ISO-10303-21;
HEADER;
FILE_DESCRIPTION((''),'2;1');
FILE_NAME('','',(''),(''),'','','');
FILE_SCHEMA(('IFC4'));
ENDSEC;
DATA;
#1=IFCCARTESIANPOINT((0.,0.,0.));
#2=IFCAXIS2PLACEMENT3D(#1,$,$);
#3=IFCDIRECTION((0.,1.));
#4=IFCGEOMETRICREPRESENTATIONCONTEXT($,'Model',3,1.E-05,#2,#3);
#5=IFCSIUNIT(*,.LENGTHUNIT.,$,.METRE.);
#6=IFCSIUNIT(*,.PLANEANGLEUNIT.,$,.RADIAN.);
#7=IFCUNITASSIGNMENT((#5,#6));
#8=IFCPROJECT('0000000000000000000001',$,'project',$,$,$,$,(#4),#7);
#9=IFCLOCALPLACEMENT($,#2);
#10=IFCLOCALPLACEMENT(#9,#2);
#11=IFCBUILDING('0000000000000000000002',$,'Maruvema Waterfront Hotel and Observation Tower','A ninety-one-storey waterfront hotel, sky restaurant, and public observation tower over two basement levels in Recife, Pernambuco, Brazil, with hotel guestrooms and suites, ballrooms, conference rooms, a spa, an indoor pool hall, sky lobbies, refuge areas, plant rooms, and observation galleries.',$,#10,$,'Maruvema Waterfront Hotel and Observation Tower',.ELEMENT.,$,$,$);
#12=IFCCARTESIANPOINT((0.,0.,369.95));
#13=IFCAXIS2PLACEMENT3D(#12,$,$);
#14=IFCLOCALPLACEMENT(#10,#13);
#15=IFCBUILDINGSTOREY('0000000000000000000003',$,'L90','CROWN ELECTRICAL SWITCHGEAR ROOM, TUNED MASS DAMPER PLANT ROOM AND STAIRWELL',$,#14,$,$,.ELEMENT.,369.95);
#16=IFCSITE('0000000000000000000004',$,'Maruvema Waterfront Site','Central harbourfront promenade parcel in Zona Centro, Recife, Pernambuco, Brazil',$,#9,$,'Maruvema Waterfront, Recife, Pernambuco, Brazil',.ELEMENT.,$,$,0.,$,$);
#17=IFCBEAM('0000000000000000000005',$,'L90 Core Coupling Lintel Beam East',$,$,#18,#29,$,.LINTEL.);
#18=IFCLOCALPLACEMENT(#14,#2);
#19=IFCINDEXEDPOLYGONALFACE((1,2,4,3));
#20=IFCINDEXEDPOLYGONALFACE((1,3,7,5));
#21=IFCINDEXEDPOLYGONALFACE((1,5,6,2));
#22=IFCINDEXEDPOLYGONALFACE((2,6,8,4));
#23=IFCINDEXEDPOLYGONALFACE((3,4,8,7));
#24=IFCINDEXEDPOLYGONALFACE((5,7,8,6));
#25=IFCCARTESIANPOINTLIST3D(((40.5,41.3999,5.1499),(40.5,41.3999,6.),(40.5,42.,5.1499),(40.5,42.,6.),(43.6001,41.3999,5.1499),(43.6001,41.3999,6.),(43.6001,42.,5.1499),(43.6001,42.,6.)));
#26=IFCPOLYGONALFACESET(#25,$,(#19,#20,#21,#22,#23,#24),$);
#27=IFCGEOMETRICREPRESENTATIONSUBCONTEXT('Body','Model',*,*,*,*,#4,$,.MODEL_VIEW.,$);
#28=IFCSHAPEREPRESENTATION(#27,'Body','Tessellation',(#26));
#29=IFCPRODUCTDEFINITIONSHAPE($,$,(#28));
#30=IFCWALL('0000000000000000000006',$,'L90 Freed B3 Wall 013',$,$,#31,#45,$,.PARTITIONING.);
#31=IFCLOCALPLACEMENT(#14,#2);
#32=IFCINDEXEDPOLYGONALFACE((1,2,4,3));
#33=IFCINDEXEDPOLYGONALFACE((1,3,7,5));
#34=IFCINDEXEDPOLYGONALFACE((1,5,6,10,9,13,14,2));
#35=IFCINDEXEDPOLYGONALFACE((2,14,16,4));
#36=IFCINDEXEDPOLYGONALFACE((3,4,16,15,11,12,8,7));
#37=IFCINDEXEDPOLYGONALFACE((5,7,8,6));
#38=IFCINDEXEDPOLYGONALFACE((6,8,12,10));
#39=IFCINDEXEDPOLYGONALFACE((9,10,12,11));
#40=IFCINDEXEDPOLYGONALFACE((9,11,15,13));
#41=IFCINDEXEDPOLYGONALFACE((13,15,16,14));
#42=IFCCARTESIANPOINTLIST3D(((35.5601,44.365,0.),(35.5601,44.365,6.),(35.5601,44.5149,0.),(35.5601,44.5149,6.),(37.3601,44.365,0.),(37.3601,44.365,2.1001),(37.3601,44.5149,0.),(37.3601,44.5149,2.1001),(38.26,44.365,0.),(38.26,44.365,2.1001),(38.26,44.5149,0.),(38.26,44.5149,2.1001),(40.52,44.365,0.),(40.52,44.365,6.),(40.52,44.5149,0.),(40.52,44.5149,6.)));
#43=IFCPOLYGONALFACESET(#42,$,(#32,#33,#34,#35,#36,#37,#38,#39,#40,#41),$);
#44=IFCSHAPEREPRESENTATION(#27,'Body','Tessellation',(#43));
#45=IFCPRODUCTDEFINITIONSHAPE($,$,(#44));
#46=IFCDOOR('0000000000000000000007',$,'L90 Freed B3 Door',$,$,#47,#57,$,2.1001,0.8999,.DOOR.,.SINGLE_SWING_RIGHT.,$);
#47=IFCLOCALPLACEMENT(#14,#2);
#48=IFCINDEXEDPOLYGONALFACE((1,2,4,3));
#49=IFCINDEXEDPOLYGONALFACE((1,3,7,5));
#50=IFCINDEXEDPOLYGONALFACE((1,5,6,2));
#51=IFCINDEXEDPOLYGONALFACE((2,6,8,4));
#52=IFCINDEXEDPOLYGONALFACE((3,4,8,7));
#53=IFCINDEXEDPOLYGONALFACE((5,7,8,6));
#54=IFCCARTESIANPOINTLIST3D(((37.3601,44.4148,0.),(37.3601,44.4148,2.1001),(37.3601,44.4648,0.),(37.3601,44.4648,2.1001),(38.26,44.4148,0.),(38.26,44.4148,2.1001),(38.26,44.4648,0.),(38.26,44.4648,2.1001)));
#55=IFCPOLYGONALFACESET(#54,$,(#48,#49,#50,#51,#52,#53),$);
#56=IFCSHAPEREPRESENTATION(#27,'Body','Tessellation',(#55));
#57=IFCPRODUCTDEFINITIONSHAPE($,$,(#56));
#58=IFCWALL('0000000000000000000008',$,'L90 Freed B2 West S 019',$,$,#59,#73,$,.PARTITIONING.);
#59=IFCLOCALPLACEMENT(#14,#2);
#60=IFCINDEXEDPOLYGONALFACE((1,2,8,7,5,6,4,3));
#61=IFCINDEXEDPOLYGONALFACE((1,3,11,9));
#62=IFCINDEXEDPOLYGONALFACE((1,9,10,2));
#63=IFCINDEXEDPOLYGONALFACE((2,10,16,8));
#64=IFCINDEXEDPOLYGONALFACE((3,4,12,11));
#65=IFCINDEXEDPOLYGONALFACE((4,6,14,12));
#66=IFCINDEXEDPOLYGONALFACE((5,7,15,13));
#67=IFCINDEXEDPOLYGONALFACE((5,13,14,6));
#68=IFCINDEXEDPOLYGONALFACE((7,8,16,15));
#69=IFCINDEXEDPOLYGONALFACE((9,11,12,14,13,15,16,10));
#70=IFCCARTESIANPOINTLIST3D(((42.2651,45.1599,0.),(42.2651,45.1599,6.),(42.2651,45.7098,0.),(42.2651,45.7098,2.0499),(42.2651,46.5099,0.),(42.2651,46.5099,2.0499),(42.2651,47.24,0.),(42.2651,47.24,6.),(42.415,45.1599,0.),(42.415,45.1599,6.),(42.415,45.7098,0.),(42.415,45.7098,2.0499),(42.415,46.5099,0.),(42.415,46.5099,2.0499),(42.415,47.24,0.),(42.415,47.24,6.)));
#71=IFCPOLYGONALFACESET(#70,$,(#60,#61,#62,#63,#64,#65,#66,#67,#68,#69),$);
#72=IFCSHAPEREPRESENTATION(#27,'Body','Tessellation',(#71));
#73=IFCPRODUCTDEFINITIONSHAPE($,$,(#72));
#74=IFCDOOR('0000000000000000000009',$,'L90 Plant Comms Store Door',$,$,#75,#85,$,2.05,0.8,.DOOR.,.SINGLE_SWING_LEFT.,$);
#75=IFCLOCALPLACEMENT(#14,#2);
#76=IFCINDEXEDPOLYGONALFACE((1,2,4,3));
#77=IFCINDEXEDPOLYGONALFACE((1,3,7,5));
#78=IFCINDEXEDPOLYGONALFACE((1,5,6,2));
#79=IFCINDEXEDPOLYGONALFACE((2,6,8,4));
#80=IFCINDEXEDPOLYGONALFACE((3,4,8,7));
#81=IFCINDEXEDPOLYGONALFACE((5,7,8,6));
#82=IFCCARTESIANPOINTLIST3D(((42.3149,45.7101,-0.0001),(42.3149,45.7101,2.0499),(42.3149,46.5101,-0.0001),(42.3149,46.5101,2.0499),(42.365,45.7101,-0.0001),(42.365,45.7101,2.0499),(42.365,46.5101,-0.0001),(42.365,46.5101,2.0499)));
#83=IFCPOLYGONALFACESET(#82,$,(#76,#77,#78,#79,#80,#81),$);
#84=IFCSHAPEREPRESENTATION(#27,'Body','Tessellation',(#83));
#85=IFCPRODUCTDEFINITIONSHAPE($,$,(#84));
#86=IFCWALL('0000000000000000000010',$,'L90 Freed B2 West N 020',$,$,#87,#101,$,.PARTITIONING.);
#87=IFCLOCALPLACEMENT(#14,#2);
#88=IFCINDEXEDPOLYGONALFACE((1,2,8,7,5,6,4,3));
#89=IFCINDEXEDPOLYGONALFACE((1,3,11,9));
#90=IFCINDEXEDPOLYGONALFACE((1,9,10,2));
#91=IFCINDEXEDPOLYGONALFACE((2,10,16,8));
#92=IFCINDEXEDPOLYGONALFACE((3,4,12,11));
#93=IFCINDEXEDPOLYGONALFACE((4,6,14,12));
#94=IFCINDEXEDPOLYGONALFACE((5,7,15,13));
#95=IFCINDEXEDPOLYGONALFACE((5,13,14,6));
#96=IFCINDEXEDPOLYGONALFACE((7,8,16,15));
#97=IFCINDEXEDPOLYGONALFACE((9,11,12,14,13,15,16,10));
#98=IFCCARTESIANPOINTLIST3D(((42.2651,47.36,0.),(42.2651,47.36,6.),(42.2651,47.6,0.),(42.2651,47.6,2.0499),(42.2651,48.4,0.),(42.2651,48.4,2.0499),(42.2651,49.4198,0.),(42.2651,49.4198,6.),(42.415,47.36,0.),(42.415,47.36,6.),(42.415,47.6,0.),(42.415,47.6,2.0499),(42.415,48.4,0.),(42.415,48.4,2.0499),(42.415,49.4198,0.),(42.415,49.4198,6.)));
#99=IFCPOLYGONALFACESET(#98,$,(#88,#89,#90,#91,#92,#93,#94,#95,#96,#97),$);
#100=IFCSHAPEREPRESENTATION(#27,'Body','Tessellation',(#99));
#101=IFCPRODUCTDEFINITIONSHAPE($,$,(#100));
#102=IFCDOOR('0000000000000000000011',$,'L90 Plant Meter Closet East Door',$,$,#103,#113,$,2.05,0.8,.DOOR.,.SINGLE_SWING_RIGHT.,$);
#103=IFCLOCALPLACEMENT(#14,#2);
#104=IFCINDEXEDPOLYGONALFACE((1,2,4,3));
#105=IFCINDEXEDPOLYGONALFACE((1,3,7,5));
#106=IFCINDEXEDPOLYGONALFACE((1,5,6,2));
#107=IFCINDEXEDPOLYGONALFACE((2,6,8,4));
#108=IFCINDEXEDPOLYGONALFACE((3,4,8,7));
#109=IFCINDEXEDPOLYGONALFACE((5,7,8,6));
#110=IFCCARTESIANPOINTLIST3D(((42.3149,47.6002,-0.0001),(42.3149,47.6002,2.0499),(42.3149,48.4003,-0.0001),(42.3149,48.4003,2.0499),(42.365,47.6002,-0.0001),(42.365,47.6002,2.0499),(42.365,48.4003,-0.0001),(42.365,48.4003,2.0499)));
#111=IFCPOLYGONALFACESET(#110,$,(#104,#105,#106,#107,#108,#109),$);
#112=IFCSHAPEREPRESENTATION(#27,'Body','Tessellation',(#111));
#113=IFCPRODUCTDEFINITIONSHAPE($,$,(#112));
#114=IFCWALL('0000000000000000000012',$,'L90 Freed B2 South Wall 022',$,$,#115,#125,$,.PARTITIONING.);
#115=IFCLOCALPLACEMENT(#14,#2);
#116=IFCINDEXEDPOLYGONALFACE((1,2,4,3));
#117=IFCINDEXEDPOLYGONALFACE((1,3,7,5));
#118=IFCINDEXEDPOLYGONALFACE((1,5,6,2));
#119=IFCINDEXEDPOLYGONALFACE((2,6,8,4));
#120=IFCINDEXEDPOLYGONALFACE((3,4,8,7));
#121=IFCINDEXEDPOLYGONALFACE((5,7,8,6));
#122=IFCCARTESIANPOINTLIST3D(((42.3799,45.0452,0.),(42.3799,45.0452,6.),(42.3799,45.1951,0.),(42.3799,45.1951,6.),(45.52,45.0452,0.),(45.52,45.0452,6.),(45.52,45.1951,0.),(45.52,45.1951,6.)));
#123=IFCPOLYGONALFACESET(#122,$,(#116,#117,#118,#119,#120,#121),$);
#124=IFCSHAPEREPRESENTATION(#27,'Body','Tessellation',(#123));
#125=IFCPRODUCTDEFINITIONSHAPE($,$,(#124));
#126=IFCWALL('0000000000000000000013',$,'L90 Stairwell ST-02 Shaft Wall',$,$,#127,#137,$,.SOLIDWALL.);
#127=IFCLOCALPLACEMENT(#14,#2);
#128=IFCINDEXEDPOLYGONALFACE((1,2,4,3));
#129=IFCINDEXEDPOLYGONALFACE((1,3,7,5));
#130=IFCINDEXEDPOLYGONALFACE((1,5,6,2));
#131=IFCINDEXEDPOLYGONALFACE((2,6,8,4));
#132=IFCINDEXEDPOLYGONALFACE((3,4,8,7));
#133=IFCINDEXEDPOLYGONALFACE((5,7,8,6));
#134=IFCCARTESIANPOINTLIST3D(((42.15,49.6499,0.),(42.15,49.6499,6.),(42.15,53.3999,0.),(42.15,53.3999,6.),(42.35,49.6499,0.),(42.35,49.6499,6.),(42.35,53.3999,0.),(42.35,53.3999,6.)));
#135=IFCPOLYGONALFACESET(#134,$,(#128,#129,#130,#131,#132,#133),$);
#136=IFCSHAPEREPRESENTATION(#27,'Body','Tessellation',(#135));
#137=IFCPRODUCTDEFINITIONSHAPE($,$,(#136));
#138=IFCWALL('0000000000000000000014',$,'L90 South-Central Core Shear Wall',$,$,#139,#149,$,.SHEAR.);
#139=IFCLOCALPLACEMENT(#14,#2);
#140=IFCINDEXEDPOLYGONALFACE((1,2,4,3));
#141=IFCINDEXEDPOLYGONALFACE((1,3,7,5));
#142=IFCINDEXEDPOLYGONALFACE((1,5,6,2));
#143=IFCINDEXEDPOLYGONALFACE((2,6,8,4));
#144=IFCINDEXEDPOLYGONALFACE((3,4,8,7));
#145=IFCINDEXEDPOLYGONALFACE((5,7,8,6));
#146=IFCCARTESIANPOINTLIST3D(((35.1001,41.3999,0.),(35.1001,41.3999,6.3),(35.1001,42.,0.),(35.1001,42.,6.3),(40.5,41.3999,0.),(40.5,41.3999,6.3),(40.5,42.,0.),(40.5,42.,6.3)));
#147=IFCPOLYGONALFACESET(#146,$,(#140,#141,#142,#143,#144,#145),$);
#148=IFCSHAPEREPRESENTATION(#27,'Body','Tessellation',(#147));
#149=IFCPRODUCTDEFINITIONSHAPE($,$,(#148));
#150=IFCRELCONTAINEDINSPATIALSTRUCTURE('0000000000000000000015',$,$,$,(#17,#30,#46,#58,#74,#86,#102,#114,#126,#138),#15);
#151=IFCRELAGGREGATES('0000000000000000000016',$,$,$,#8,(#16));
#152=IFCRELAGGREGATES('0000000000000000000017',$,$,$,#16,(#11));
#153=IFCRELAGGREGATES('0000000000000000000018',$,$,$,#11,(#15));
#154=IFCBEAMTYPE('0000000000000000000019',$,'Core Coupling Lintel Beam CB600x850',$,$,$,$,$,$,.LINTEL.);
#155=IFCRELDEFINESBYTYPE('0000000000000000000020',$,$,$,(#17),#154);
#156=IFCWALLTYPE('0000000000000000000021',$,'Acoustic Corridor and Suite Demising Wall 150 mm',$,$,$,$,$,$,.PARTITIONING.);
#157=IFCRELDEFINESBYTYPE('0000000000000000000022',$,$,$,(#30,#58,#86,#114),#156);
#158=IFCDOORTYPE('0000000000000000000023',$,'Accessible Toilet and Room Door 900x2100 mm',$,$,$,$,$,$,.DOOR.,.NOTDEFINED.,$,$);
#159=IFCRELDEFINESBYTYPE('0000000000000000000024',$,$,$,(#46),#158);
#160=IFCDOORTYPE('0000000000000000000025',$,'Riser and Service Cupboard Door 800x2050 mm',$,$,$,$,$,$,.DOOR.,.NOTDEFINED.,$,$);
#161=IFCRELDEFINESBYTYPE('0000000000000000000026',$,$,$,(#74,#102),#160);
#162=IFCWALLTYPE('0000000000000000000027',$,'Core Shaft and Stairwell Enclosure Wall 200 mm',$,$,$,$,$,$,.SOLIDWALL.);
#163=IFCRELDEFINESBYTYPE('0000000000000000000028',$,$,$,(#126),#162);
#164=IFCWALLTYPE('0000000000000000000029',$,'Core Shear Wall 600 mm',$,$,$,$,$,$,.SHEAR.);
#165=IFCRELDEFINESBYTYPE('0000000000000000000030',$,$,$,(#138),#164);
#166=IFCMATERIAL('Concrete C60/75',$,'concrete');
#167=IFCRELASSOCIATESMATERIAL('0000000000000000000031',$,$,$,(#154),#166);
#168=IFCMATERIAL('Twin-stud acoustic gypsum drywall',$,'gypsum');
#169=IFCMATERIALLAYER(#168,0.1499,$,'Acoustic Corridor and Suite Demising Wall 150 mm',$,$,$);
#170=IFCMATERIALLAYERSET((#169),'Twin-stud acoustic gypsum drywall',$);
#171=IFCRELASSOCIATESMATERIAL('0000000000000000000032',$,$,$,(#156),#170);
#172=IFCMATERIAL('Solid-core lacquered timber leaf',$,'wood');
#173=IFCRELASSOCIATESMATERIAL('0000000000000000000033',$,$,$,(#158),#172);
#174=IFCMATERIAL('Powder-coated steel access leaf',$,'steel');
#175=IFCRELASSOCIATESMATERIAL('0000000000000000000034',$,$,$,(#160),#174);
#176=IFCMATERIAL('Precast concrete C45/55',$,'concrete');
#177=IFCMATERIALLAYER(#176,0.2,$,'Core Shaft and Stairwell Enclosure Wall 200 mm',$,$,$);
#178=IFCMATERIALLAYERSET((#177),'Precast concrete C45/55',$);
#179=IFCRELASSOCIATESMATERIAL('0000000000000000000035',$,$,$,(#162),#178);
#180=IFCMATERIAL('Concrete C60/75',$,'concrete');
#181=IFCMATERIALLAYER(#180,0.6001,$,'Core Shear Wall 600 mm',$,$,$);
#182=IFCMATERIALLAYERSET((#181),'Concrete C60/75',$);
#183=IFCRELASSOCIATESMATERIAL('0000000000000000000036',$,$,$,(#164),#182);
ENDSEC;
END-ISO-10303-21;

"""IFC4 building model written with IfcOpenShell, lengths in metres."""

from ifc_helpers import new_model, si_unit, direction, frame, frame_2d, origin, origin_2d, place, context, subcontext, project, spatial, rectangle, extrude, material, layer, layer_set, material_profile, profile_set, type_object, element, fill, save


model = new_model("IFC4")

# Units and contexts
model_context = context("Model", 3, precision=1e-05, world=origin(), true_north=direction((0.0, 1.0)))
body_context = subcontext(model_context, "Body", "Model", "MODEL_VIEW")
ifc_project = project(units=[si_unit("LENGTHUNIT", "METRE"), si_unit("PLANEANGLEUNIT", "RADIAN")], contexts=[model_context])

# Site, building, storey
site_placement = place(None, origin())
site = spatial("IfcSite", under=ifc_project, at=site_placement, Name="Maruvema Waterfront Site", Description="Central harbourfront promenade parcel in Zona Centro, Recife, Pernambuco, Brazil", LongName="Maruvema Waterfront, Recife, Pernambuco, Brazil", CompositionType="ELEMENT", RefElevation=0.0)
building_placement = place(site_placement, origin())
building = spatial("IfcBuilding", under=site, at=building_placement, Name="Maruvema Waterfront Hotel and Observation Tower", Description="A ninety-one-storey waterfront hotel, sky restaurant, and public observation tower over two basement levels in Recife, Pernambuco, Brazil, with hotel guestrooms and suites, ballrooms, conference rooms, a spa, an indoor pool hall, sky lobbies, refuge areas, plant rooms, and observation galleries.", LongName="Maruvema Waterfront Hotel and Observation Tower", CompositionType="ELEMENT")
storey_placement = place(building_placement, frame((0.0, 0.0, 369.95)))
storey = spatial("IfcBuildingStorey", under=building, at=storey_placement, Name="L90", Description="CROWN ELECTRICAL SWITCHGEAR ROOM, TUNED MASS DAMPER PLANT ROOM AND STAIRWELL", CompositionType="ELEMENT", Elevation=369.95)

# Beam
ifc_material_1 = material(Name="Concrete C60/75", Category="concrete")
ifc_material_profile = material_profile(ifc_material_1, rectangle(XDim=0.6001, YDim=0.8501, at=origin_2d()), Name="CB600x850")
ifc_profile_set = profile_set([ifc_material_profile], Name="Concrete C60/75")
beam_type = type_object("IfcBeamType", Name="Core Coupling Lintel Beam CB600x850", PredefinedType="LINTEL", material=ifc_profile_set)
beam_placement = place(storey_placement, frame((40.5, 41.7, 5.575), z_axis=(1.0, 0.0, 0.0), x_axis=(0.0, 1.0, 0.0)))
element("IfcBeam", 1, at=beam_placement, inside=storey, type_object=beam_type, Name="L90 Core Coupling Lintel Beam East", PredefinedType="LINTEL", context=body_context, shape_type="SweptSolid", body=[
    extrude(rectangle(XDim=0.6001, YDim=0.8501, at=origin_2d()), origin(), (0.0, 0.0, 1.0), 3.1001),
])

# Walls, openings, doors
ifc_material_2 = material(Name="Twin-stud acoustic gypsum drywall", Category="gypsum")
ifc_layer_1 = layer(ifc_material_2, 0.1499, Name="Acoustic Corridor and Suite Demising Wall 150 mm")
ifc_layer_set_1 = layer_set([ifc_layer_1], Name="Twin-stud acoustic gypsum drywall")
wall_type_1 = type_object("IfcWallType", Name="Acoustic Corridor and Suite Demising Wall 150 mm", PredefinedType="PARTITIONING", material=ifc_layer_set_1)
wall_1_placement = place(storey_placement, frame((35.5601, 44.4399, 0.0), z_axis=(0.0, 0.0, 1.0), x_axis=(1.0, 0.0, 0.0)))
wall_1 = element("IfcWall", 2, at=wall_1_placement, inside=storey, type_object=wall_type_1, Name="L90 Freed B3 Wall 013", PredefinedType="PARTITIONING", context=body_context, shape_type="SweptSolid", body=[
    extrude(rectangle(XDim=4.96, YDim=0.1499, at=frame_2d((2.48, 0.0))), origin(), (0.0, 0.0, 1.0), 6.0),
])
opening_1_placement = place(wall_1_placement, frame((1.8, 0.0, 0.0)))
opening_1 = element("IfcOpeningElement", 3, at=opening_1_placement, cuts=wall_1, PredefinedType="OPENING", context=body_context, shape_type="SweptSolid", body=[
    extrude(rectangle(XDim=0.8999, YDim=2.1001, at=frame_2d((0.45, 1.05))), frame((0.0, 0.085, 0.0), z_axis=(0.0, -1.0, 0.0), x_axis=(1.0, 0.0, 0.0)), (0.0, 0.0, 1.0), 0.1699),
])
ifc_material_3 = material(Name="Solid-core lacquered timber leaf", Category="wood")
door_type_1 = type_object("IfcDoorType", Name="Accessible Toilet and Room Door 900x2100 mm", OperationType="NOTDEFINED", PredefinedType="DOOR", material=ifc_material_3)
door_1_placement = place(opening_1_placement, origin())
door_1 = element("IfcDoor", 4, at=door_1_placement, inside=storey, type_object=door_type_1, Name="L90 Freed B3 Door", OperationType="SINGLE_SWING_RIGHT", OverallHeight=2.1001, OverallWidth=0.8999, PredefinedType="DOOR", context=body_context, shape_type="SweptSolid", body=[
    extrude(rectangle(XDim=0.8999, YDim=2.1001, at=frame_2d((0.45, 1.05))), frame((0.0, 0.0249, 0.0), z_axis=(0.0, -1.0, 0.0), x_axis=(1.0, 0.0, 0.0)), (0.0, 0.0, 1.0), 0.05),
])
fill(opening_1, door_1)
wall_2_placement = place(storey_placement, frame((42.3401, 45.1599, 0.0), z_axis=(0.0, 0.0, 1.0), x_axis=(0.0, 1.0, 0.0)))
wall_2 = element("IfcWall", 5, at=wall_2_placement, inside=storey, type_object=wall_type_1, Name="L90 Freed B2 West S 019", PredefinedType="PARTITIONING", context=body_context, shape_type="SweptSolid", body=[
    extrude(rectangle(XDim=2.0801, YDim=0.1499, at=frame_2d((1.04, 0.0))), origin(), (0.0, 0.0, 1.0), 6.0),
])
opening_2_placement = place(wall_2_placement, frame((0.55, 0.0, 0.0)))
opening_2 = element("IfcOpeningElement", 6, at=opening_2_placement, cuts=wall_2, PredefinedType="OPENING", context=body_context, shape_type="SweptSolid", body=[
    extrude(rectangle(XDim=0.8, YDim=2.05, at=frame_2d((0.3999, 1.0249))), frame((0.0, 0.085, 0.0), z_axis=(0.0, -1.0, 0.0), x_axis=(1.0, 0.0, 0.0)), (0.0, 0.0, 1.0), 0.1699),
])
ifc_material_4 = material(Name="Powder-coated steel access leaf", Category="steel")
door_type_2 = type_object("IfcDoorType", Name="Riser and Service Cupboard Door 800x2050 mm", OperationType="NOTDEFINED", PredefinedType="DOOR", material=ifc_material_4)
door_2_placement = place(opening_2_placement, frame((0.8, 0.0, 0.0), z_axis=(0.0, 0.0, 1.0), x_axis=(-1.0, 0.0, 0.0)))
door_2 = element("IfcDoor", 7, at=door_2_placement, inside=storey, type_object=door_type_2, Name="L90 Plant Comms Store Door", OperationType="SINGLE_SWING_LEFT", OverallHeight=2.05, OverallWidth=0.8, PredefinedType="DOOR", context=body_context, shape_type="SweptSolid", body=[
    extrude(rectangle(XDim=0.8, YDim=2.05, at=frame_2d((0.3999, 1.0249))), frame((0.0, 0.0249, 0.0), z_axis=(0.0, -1.0, 0.0), x_axis=(1.0, 0.0, 0.0)), (0.0, 0.0, 1.0), 0.05),
])
fill(opening_2, door_2)
wall_3_placement = place(storey_placement, frame((42.3401, 47.3601, 0.0), z_axis=(0.0, 0.0, 1.0), x_axis=(0.0, 1.0, 0.0)))
wall_3 = element("IfcWall", 8, at=wall_3_placement, inside=storey, type_object=wall_type_1, Name="L90 Freed B2 West N 020", PredefinedType="PARTITIONING", context=body_context, shape_type="SweptSolid", body=[
    extrude(rectangle(XDim=2.0598, YDim=0.1499, at=frame_2d((1.0298, 0.0))), origin(), (0.0, 0.0, 1.0), 6.0),
])
opening_3_placement = place(wall_3_placement, frame((0.24, 0.0, 0.0)))
opening_3 = element("IfcOpeningElement", 9, at=opening_3_placement, cuts=wall_3, PredefinedType="OPENING", context=body_context, shape_type="SweptSolid", body=[
    extrude(rectangle(XDim=0.8, YDim=2.05, at=frame_2d((0.3999, 1.0249))), frame((0.0, 0.085, 0.0), z_axis=(0.0, -1.0, 0.0), x_axis=(1.0, 0.0, 0.0)), (0.0, 0.0, 1.0), 0.1699),
])
door_3_placement = place(opening_3_placement, frame((0.8, 0.0, 0.0), z_axis=(0.0, 0.0, 1.0), x_axis=(-1.0, 0.0, 0.0)))
door_3 = element("IfcDoor", 10, at=door_3_placement, inside=storey, type_object=door_type_2, Name="L90 Plant Meter Closet East Door", OperationType="SINGLE_SWING_RIGHT", OverallHeight=2.05, OverallWidth=0.8, PredefinedType="DOOR", context=body_context, shape_type="SweptSolid", body=[
    extrude(rectangle(XDim=0.8, YDim=2.05, at=frame_2d((0.3999, 1.0249))), frame((0.0, 0.0249, 0.0), z_axis=(0.0, -1.0, 0.0), x_axis=(1.0, 0.0, 0.0)), (0.0, 0.0, 1.0), 0.05),
])
fill(opening_3, door_3)

# Walls
wall_4_placement = place(storey_placement, frame((42.3799, 45.1201, 0.0), z_axis=(0.0, 0.0, 1.0), x_axis=(1.0, 0.0, 0.0)))
element("IfcWall", 11, at=wall_4_placement, inside=storey, type_object=wall_type_1, Name="L90 Freed B2 South Wall 022", PredefinedType="PARTITIONING", context=body_context, shape_type="SweptSolid", body=[
    extrude(rectangle(XDim=3.1401, YDim=0.1499, at=frame_2d((1.5701, 0.0))), origin(), (0.0, 0.0, 1.0), 6.0),
])
ifc_material_5 = material(Name="Precast concrete C45/55", Category="concrete")
ifc_layer_2 = layer(ifc_material_5, 0.2, Name="Core Shaft and Stairwell Enclosure Wall 200 mm")
ifc_layer_set_2 = layer_set([ifc_layer_2], Name="Precast concrete C45/55")
wall_type_2 = type_object("IfcWallType", Name="Core Shaft and Stairwell Enclosure Wall 200 mm", PredefinedType="SOLIDWALL", material=ifc_layer_set_2)
wall_5_placement = place(storey_placement, frame((42.25, 49.6499, 0.0), z_axis=(0.0, 0.0, 1.0), x_axis=(0.0, 1.0, 0.0)))
element("IfcWall", 12, at=wall_5_placement, inside=storey, type_object=wall_type_2, Name="L90 Stairwell ST-02 Shaft Wall", PredefinedType="SOLIDWALL", context=body_context, shape_type="SweptSolid", body=[
    extrude(rectangle(XDim=3.75, YDim=0.2, at=frame_2d((1.875, 0.0))), origin(), (0.0, 0.0, 1.0), 6.0),
])
ifc_material_6 = material(Name="Concrete C60/75", Category="concrete")
ifc_layer_3 = layer(ifc_material_6, 0.6001, Name="Core Shear Wall 600 mm")
ifc_layer_set_3 = layer_set([ifc_layer_3], Name="Concrete C60/75")
wall_type_3 = type_object("IfcWallType", Name="Core Shear Wall 600 mm", PredefinedType="SHEAR", material=ifc_layer_set_3)
wall_6_placement = place(storey_placement, frame((35.1001, 41.7, 0.0), z_axis=(0.0, 0.0, 1.0), x_axis=(1.0, 0.0, 0.0)))
element("IfcWall", 13, at=wall_6_placement, inside=storey, type_object=wall_type_3, Name="L90 South-Central Core Shear Wall", PredefinedType="SHEAR", context=body_context, shape_type="SweptSolid", body=[
    extrude(rectangle(XDim=5.3999, YDim=0.6001, at=frame_2d((2.7, 0.0))), origin(), (0.0, 0.0, 1.0), 6.3),
])

save(model, "model.ifc")
